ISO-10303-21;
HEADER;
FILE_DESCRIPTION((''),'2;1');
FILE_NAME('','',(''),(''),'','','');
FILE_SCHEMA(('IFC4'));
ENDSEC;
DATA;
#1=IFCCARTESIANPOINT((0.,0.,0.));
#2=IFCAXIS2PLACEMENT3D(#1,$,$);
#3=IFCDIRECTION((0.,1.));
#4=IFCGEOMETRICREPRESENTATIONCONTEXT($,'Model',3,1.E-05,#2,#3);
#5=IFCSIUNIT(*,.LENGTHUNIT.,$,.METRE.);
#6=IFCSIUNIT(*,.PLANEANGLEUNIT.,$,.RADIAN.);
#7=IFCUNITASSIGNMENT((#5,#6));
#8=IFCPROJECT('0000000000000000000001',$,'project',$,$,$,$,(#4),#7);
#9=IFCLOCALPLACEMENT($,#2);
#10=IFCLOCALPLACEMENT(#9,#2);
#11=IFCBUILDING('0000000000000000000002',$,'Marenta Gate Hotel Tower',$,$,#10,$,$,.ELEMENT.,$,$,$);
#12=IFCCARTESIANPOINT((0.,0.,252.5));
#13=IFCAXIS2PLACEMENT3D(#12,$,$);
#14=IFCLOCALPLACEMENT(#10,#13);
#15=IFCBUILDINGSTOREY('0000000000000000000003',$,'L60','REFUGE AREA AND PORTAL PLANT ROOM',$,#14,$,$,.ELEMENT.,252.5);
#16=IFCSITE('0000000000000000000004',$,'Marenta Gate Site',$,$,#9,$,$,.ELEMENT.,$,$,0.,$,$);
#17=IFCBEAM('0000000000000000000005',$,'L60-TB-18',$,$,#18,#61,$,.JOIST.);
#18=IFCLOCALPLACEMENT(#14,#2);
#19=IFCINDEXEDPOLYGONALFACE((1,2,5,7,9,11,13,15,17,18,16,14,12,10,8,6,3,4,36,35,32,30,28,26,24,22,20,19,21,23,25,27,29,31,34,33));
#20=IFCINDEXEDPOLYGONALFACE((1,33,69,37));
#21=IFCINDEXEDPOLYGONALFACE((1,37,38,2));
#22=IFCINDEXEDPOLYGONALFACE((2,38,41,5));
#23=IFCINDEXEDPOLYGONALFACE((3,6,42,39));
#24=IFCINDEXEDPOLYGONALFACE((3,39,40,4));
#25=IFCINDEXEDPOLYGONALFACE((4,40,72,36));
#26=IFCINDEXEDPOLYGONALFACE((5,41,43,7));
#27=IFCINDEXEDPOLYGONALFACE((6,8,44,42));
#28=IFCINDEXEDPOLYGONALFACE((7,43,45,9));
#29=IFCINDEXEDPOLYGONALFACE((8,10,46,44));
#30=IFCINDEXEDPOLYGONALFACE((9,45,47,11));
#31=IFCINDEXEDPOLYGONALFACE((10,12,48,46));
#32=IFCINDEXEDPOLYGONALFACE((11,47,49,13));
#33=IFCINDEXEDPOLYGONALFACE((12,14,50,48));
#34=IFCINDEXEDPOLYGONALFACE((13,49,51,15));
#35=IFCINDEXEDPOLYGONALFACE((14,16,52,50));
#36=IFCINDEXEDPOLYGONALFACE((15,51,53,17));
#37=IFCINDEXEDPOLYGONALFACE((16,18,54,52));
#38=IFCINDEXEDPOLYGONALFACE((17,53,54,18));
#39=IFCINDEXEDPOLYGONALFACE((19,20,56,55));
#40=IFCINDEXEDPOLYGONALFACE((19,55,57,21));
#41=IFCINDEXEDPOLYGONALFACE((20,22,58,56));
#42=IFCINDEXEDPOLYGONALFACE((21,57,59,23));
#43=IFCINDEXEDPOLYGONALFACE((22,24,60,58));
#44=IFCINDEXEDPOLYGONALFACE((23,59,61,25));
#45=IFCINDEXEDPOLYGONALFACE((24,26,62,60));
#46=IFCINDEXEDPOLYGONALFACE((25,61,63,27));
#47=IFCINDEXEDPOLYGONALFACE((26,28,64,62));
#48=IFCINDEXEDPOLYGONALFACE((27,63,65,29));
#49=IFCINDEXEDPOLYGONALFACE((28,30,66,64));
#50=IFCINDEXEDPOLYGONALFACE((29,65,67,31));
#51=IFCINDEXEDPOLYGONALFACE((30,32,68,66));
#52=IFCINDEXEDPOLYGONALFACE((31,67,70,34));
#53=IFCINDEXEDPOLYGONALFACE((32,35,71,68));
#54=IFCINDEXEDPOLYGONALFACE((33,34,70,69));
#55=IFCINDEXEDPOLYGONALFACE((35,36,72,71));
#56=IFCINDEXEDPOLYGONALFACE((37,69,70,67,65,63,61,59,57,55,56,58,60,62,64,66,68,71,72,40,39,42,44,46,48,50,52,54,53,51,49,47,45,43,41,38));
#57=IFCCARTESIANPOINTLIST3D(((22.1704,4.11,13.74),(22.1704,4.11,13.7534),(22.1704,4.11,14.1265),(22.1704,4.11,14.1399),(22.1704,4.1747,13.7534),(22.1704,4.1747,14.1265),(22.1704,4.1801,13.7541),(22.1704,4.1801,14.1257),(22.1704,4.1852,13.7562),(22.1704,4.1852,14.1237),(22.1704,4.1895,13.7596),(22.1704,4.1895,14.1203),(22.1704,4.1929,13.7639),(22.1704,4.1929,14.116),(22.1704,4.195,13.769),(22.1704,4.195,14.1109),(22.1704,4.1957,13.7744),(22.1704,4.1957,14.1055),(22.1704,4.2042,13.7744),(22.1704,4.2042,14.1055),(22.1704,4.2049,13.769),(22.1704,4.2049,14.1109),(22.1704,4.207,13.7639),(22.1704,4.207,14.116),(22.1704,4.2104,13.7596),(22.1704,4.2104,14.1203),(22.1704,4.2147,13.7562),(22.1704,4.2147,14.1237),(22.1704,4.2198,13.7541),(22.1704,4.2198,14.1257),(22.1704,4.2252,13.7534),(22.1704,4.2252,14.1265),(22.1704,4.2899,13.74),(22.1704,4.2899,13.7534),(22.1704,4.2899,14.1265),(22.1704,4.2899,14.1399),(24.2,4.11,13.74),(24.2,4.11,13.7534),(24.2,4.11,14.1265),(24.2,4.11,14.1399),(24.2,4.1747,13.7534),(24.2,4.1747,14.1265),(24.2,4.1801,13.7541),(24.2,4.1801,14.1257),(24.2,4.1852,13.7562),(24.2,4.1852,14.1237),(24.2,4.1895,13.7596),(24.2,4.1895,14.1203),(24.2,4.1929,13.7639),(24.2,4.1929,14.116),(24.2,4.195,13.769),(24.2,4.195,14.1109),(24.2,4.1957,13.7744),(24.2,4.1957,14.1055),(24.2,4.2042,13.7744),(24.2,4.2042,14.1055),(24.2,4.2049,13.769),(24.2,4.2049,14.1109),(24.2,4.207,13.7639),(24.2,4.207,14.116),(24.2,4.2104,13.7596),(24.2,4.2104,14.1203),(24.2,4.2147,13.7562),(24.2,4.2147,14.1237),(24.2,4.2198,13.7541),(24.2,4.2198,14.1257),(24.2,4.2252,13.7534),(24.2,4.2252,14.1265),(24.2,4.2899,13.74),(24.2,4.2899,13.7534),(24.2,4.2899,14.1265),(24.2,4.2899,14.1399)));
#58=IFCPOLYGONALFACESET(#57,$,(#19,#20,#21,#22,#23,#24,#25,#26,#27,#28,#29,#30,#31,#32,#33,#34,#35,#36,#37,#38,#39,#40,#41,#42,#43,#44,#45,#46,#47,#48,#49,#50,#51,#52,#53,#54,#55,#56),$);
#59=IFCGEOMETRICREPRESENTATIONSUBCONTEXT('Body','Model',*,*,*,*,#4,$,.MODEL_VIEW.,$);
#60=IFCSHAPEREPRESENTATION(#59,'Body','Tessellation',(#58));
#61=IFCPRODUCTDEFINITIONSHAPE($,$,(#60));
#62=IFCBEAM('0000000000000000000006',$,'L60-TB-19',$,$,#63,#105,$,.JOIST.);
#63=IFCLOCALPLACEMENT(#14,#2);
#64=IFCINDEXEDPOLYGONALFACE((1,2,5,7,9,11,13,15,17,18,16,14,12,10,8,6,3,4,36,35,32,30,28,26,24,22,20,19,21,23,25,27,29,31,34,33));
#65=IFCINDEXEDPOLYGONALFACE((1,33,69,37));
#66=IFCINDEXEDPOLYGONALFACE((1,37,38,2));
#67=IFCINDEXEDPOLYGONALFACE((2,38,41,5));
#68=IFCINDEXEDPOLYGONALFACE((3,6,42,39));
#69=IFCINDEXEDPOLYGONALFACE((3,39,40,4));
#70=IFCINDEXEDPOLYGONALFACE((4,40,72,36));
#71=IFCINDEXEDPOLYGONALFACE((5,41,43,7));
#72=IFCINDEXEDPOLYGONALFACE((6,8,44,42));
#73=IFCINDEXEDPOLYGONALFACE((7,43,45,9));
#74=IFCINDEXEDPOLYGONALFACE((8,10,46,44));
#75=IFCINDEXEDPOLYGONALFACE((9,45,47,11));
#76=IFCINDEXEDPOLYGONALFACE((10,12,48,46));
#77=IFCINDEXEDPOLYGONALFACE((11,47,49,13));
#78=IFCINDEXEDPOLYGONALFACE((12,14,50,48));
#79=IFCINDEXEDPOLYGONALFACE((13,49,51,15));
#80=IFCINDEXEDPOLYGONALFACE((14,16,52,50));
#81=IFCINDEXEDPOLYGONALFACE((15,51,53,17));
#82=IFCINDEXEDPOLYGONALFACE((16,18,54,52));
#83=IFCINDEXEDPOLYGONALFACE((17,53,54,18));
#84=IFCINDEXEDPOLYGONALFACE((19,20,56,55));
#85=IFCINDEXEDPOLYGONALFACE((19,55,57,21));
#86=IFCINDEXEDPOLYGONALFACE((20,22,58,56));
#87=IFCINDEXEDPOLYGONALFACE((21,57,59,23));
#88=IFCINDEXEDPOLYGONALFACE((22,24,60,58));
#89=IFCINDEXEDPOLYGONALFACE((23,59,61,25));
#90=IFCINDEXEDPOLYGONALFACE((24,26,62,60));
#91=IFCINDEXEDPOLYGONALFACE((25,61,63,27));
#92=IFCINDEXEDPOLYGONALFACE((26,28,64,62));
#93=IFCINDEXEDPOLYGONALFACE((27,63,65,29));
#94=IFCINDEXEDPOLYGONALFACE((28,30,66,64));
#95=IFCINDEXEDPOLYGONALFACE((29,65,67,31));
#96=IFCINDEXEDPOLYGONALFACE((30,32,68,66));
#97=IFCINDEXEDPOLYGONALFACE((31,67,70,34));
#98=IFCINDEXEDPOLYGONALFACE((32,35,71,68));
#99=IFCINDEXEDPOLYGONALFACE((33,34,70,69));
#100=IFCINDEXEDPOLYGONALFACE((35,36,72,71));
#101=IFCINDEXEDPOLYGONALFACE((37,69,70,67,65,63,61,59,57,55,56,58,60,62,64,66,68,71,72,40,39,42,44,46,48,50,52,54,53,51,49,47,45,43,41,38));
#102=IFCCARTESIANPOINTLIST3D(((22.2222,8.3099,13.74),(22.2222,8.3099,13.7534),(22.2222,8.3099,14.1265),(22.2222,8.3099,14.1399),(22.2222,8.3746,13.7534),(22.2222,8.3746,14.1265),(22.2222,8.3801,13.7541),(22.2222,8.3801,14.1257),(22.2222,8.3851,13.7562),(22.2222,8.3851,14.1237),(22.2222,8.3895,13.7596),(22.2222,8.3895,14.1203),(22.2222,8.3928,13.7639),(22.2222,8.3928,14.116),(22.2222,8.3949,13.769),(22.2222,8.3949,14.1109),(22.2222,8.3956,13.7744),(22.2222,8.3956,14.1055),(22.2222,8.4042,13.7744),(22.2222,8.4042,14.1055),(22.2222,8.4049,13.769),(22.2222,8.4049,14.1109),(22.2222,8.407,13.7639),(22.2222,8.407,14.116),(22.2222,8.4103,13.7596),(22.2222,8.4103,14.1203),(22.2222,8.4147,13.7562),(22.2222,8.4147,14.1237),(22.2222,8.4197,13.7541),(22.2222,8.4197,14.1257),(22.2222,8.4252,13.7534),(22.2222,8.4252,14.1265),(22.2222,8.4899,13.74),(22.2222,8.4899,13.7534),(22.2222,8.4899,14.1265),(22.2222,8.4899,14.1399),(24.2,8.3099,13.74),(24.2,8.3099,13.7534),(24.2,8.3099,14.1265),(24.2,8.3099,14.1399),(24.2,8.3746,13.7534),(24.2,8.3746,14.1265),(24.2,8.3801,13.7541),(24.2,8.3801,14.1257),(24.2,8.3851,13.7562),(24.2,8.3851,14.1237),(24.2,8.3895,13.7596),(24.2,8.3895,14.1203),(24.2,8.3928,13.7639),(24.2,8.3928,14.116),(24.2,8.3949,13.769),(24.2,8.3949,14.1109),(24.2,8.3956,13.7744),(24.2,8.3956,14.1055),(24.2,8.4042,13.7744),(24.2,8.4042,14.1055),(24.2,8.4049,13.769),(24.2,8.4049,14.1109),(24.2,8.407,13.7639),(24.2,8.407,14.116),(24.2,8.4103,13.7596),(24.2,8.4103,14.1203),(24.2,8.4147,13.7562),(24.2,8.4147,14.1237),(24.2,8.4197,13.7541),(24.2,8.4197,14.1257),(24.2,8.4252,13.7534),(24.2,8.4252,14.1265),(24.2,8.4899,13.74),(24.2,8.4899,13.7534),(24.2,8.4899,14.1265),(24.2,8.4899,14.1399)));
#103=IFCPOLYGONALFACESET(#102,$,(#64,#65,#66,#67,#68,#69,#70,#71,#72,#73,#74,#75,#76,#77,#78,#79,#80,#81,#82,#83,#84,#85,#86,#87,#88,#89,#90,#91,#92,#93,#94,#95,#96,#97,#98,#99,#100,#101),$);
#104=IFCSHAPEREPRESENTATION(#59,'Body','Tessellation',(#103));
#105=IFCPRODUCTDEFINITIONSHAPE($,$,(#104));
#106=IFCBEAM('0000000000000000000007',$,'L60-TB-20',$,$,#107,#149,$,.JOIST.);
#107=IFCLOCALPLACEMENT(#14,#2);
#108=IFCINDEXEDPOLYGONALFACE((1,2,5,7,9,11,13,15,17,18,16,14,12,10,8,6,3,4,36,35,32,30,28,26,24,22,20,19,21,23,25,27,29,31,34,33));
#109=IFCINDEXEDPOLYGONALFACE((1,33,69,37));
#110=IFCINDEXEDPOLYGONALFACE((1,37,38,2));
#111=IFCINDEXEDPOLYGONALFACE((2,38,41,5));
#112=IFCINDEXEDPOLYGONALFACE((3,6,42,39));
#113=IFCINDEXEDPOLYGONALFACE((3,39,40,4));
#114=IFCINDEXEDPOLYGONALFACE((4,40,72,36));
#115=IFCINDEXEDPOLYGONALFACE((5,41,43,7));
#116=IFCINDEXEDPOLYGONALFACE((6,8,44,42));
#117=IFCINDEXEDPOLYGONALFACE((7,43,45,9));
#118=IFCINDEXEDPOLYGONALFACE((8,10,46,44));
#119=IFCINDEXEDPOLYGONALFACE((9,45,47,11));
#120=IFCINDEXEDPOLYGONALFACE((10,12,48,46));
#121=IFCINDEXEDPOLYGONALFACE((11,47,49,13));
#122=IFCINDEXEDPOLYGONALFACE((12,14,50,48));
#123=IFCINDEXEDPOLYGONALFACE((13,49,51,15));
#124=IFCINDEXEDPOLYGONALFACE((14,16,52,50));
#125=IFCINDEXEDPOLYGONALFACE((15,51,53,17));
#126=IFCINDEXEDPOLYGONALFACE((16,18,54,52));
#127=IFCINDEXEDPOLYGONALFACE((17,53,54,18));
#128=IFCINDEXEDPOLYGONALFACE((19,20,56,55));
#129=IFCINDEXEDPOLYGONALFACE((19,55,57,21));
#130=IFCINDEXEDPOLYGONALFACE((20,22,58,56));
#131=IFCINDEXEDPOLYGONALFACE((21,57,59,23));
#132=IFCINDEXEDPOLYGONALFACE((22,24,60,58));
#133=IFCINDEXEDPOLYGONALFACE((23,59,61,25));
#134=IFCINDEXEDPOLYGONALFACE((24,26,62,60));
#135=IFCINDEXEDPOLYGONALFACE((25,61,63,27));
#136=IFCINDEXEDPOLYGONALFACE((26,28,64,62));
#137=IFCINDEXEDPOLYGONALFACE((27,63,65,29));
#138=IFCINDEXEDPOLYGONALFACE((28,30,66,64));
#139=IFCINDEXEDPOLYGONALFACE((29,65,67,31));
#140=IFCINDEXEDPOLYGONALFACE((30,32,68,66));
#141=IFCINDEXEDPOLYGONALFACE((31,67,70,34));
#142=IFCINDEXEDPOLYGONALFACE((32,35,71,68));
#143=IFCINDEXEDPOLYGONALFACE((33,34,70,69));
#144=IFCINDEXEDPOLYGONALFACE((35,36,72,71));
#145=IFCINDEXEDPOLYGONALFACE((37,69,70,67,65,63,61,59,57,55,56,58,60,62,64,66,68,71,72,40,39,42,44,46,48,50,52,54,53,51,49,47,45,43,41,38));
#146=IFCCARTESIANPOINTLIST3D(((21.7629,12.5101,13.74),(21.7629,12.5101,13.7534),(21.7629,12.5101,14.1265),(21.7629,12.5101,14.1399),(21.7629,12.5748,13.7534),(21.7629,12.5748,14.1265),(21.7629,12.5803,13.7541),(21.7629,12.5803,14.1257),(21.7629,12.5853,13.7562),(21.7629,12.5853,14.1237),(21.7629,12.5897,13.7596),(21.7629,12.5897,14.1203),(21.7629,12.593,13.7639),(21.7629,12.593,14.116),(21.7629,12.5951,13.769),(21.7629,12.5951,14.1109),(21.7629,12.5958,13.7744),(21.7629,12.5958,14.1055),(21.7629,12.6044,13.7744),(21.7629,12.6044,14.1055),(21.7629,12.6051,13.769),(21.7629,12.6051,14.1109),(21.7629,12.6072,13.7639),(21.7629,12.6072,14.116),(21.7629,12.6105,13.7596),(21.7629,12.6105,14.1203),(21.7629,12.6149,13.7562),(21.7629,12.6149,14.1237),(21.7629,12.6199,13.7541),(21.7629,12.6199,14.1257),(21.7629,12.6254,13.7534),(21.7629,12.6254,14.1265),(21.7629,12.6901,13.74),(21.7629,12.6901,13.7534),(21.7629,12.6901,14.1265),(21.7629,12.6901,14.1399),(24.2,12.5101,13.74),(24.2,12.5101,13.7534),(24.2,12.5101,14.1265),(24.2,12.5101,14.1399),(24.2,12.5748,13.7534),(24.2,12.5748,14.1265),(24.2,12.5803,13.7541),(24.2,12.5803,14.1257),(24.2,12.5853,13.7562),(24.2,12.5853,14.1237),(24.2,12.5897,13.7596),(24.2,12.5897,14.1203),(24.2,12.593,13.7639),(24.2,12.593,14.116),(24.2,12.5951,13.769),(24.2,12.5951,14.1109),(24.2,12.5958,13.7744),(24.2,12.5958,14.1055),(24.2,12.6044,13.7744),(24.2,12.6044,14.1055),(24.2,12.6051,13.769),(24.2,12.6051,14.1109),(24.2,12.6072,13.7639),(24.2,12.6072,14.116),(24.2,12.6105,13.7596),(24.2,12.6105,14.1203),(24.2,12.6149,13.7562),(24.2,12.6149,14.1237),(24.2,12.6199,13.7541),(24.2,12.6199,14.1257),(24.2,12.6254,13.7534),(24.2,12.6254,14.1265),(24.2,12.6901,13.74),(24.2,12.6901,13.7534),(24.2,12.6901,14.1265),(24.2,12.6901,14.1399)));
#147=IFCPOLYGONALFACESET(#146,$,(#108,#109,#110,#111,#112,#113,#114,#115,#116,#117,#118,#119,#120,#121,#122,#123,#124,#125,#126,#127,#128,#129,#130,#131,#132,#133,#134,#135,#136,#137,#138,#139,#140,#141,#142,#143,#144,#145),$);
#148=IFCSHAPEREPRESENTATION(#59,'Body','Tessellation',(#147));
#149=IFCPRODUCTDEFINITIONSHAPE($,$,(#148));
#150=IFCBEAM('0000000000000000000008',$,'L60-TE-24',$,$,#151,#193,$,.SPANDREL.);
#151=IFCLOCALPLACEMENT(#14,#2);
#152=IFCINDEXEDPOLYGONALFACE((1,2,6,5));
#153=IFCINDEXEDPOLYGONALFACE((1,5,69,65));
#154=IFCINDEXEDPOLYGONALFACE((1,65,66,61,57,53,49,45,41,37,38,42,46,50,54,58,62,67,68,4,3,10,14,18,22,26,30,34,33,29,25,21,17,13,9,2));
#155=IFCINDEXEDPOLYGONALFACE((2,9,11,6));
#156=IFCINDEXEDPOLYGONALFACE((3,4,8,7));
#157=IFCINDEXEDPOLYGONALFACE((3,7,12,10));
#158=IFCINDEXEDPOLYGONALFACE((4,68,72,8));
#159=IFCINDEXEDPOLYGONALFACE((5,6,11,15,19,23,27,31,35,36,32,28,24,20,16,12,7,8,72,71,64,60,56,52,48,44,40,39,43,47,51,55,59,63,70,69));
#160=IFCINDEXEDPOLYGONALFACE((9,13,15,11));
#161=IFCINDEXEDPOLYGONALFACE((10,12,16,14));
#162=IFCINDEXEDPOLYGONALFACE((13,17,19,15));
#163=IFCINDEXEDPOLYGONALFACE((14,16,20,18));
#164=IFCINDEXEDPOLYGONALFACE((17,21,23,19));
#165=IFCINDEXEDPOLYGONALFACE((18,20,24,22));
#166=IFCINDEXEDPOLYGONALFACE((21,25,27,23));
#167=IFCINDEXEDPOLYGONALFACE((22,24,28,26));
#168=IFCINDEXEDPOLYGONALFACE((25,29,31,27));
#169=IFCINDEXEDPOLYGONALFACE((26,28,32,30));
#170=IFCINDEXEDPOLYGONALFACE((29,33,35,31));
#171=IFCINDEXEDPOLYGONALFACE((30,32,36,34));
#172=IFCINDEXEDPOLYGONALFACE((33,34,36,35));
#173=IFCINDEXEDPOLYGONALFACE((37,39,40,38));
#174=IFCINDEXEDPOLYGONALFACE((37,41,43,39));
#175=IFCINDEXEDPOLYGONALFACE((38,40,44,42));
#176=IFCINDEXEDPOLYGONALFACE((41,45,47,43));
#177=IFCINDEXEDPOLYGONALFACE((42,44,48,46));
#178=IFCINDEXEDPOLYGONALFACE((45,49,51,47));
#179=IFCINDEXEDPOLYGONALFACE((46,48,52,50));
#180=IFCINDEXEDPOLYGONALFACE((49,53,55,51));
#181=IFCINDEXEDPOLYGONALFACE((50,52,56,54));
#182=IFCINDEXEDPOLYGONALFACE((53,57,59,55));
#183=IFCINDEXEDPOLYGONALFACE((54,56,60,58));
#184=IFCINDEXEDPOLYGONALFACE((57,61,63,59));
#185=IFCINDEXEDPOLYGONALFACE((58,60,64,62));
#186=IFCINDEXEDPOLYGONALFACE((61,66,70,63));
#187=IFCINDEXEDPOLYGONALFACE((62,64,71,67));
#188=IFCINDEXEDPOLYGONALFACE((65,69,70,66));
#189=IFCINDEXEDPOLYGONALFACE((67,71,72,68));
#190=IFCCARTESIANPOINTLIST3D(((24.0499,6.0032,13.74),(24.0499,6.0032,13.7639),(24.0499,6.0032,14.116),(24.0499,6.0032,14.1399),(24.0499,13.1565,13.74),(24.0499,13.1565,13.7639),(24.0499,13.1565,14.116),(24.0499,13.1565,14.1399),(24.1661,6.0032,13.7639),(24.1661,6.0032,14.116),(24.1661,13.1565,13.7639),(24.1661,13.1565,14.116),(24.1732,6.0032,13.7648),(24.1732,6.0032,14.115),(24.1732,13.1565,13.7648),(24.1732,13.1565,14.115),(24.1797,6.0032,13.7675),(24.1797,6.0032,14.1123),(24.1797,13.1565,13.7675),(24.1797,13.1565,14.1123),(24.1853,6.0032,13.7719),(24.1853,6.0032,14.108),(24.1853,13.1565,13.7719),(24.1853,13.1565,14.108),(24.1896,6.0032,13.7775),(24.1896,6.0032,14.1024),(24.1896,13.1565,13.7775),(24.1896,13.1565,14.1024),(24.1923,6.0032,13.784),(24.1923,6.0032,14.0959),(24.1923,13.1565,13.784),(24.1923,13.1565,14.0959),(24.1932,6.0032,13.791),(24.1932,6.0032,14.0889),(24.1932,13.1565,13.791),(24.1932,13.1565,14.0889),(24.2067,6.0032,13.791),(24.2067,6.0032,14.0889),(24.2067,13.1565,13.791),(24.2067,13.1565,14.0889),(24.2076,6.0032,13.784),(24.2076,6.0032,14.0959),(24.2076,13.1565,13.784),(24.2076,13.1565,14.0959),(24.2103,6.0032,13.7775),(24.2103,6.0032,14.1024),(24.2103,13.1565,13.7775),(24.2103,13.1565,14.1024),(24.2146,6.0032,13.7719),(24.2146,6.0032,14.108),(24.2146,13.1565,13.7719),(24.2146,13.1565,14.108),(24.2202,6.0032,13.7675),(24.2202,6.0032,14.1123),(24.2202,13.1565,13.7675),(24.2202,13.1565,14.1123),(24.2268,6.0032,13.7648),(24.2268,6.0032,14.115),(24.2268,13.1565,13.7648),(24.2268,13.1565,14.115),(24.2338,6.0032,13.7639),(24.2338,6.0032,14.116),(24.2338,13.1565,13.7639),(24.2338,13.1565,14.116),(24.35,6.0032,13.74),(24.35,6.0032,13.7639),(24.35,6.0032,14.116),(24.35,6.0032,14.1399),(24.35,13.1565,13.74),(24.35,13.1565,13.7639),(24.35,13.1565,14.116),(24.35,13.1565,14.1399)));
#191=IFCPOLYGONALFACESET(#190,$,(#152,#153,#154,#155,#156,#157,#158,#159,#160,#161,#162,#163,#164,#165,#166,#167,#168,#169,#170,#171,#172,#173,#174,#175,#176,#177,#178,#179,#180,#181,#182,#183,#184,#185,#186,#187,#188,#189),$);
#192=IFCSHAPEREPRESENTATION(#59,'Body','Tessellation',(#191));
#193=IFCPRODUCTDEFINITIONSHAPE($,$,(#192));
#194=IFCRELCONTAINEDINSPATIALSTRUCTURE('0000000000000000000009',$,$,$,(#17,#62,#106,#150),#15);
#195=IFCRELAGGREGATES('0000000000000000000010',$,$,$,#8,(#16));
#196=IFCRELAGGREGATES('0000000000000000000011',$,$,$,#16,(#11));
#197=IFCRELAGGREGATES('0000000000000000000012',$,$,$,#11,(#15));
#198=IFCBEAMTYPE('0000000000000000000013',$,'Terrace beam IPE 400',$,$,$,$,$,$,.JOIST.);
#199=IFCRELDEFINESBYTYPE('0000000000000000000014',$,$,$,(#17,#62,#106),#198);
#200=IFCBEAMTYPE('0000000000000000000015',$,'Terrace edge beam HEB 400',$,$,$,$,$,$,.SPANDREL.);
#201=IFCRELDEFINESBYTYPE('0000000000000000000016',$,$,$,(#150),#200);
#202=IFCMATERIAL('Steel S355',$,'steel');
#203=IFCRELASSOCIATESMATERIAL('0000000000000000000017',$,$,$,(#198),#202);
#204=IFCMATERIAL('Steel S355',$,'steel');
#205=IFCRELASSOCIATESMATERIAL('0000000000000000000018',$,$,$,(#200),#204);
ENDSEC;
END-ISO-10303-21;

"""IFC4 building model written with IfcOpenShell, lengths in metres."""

from ifc_helpers import new_model, si_unit, direction, frame, origin, origin_2d, place, context, subcontext, project, spatial, i_section, extrude, material, material_profile, profile_set, type_object, element, save


model = new_model("IFC4")

# Units and contexts
model_context = context("Model", 3, precision=1e-05, world=origin(), true_north=direction((0.0, 1.0)))
body_context = subcontext(model_context, "Body", "Model", "MODEL_VIEW")
ifc_project = project(units=[si_unit("LENGTHUNIT", "METRE"), si_unit("PLANEANGLEUNIT", "RADIAN")], contexts=[model_context])

# Site, building, storey
site_placement = place(None, origin())
site = spatial("IfcSite", under=ifc_project, at=site_placement, Name="Marenta Gate Site", CompositionType="ELEMENT", RefElevation=0.0)
building_placement = place(site_placement, origin())
building = spatial("IfcBuilding", under=site, at=building_placement, Name="Marenta Gate Hotel Tower", CompositionType="ELEMENT")
storey_placement = place(building_placement, frame((0.0, 0.0, 252.5)))
storey = spatial("IfcBuildingStorey", under=building, at=storey_placement, Name="L60", Description="REFUGE AREA AND PORTAL PLANT ROOM", CompositionType="ELEMENT", Elevation=252.5)

# Beams
ifc_material_1 = material(Name="Steel S355", Category="steel")
ifc_material_profile_1 = material_profile(ifc_material_1, i_section(OverallWidth=0.1799, OverallDepth=0.3999, WebThickness=0.0085, FlangeThickness=0.0134, FilletRadius=0.021, at=origin_2d()), Name="IPE 400")
ifc_profile_set_1 = profile_set([ifc_material_profile_1], Name="Steel S355")
beam_type_1 = type_object("IfcBeamType", Name="Terrace beam IPE 400", PredefinedType="JOIST", material=ifc_profile_set_1)
beam_1_placement = place(storey_placement, frame((22.1704, 4.2, 13.9399), z_axis=(1.0, 0.0, 0.0), x_axis=(0.0, 1.0, 0.0)))
element("IfcBeam", 1, at=beam_1_placement, inside=storey, type_object=beam_type_1, Name="L60-TB-18", PredefinedType="JOIST", context=body_context, shape_type="SweptSolid", body=[
    extrude(i_section(OverallWidth=0.1799, OverallDepth=0.3999, WebThickness=0.0085, FlangeThickness=0.0134, FilletRadius=0.021, at=origin_2d()), origin(), (0.0, 0.0, 1.0), 2.0295),
])
beam_2_placement = place(storey_placement, frame((22.2222, 8.3999, 13.9399), z_axis=(1.0, 0.0, 0.0), x_axis=(0.0, 1.0, 0.0)))
element("IfcBeam", 2, at=beam_2_placement, inside=storey, type_object=beam_type_1, Name="L60-TB-19", PredefinedType="JOIST", context=body_context, shape_type="SweptSolid", body=[
    extrude(i_section(OverallWidth=0.1799, OverallDepth=0.3999, WebThickness=0.0085, FlangeThickness=0.0134, FilletRadius=0.021, at=origin_2d()), origin(), (0.0, 0.0, 1.0), 1.9778),
])
beam_3_placement = place(storey_placement, frame((21.7629, 12.6001, 13.9399), z_axis=(1.0, 0.0, 0.0), x_axis=(0.0, 1.0, 0.0)))
element("IfcBeam", 3, at=beam_3_placement, inside=storey, type_object=beam_type_1, Name="L60-TB-20", PredefinedType="JOIST", context=body_context, shape_type="SweptSolid", body=[
    extrude(i_section(OverallWidth=0.1799, OverallDepth=0.3999, WebThickness=0.0085, FlangeThickness=0.0134, FilletRadius=0.021, at=origin_2d()), origin(), (0.0, 0.0, 1.0), 2.437),
])
ifc_material_2 = material(Name="Steel S355", Category="steel")
ifc_material_profile_2 = material_profile(ifc_material_2, i_section(OverallWidth=0.3, OverallDepth=0.3999, WebThickness=0.0134, FlangeThickness=0.0239, FilletRadius=0.0271, at=origin_2d()), Name="HEB 400")
ifc_profile_set_2 = profile_set([ifc_material_profile_2], Name="Steel S355")
beam_type_2 = type_object("IfcBeamType", Name="Terrace edge beam HEB 400", PredefinedType="SPANDREL", material=ifc_profile_set_2)
beam_4_placement = place(storey_placement, frame((24.2, 13.1565, 13.9399), z_axis=(0.0, -1.0, 0.0), x_axis=(1.0, 0.0, 0.0)))
element("IfcBeam", 4, at=beam_4_placement, inside=storey, type_object=beam_type_2, Name="L60-TE-24", PredefinedType="SPANDREL", context=body_context, shape_type="SweptSolid", body=[
    extrude(i_section(OverallWidth=0.3, OverallDepth=0.3999, WebThickness=0.0134, FlangeThickness=0.0239, FilletRadius=0.0271, at=origin_2d()), origin(), (0.0, 0.0, 1.0), 7.1533),
])

save(model, "model.ifc")
